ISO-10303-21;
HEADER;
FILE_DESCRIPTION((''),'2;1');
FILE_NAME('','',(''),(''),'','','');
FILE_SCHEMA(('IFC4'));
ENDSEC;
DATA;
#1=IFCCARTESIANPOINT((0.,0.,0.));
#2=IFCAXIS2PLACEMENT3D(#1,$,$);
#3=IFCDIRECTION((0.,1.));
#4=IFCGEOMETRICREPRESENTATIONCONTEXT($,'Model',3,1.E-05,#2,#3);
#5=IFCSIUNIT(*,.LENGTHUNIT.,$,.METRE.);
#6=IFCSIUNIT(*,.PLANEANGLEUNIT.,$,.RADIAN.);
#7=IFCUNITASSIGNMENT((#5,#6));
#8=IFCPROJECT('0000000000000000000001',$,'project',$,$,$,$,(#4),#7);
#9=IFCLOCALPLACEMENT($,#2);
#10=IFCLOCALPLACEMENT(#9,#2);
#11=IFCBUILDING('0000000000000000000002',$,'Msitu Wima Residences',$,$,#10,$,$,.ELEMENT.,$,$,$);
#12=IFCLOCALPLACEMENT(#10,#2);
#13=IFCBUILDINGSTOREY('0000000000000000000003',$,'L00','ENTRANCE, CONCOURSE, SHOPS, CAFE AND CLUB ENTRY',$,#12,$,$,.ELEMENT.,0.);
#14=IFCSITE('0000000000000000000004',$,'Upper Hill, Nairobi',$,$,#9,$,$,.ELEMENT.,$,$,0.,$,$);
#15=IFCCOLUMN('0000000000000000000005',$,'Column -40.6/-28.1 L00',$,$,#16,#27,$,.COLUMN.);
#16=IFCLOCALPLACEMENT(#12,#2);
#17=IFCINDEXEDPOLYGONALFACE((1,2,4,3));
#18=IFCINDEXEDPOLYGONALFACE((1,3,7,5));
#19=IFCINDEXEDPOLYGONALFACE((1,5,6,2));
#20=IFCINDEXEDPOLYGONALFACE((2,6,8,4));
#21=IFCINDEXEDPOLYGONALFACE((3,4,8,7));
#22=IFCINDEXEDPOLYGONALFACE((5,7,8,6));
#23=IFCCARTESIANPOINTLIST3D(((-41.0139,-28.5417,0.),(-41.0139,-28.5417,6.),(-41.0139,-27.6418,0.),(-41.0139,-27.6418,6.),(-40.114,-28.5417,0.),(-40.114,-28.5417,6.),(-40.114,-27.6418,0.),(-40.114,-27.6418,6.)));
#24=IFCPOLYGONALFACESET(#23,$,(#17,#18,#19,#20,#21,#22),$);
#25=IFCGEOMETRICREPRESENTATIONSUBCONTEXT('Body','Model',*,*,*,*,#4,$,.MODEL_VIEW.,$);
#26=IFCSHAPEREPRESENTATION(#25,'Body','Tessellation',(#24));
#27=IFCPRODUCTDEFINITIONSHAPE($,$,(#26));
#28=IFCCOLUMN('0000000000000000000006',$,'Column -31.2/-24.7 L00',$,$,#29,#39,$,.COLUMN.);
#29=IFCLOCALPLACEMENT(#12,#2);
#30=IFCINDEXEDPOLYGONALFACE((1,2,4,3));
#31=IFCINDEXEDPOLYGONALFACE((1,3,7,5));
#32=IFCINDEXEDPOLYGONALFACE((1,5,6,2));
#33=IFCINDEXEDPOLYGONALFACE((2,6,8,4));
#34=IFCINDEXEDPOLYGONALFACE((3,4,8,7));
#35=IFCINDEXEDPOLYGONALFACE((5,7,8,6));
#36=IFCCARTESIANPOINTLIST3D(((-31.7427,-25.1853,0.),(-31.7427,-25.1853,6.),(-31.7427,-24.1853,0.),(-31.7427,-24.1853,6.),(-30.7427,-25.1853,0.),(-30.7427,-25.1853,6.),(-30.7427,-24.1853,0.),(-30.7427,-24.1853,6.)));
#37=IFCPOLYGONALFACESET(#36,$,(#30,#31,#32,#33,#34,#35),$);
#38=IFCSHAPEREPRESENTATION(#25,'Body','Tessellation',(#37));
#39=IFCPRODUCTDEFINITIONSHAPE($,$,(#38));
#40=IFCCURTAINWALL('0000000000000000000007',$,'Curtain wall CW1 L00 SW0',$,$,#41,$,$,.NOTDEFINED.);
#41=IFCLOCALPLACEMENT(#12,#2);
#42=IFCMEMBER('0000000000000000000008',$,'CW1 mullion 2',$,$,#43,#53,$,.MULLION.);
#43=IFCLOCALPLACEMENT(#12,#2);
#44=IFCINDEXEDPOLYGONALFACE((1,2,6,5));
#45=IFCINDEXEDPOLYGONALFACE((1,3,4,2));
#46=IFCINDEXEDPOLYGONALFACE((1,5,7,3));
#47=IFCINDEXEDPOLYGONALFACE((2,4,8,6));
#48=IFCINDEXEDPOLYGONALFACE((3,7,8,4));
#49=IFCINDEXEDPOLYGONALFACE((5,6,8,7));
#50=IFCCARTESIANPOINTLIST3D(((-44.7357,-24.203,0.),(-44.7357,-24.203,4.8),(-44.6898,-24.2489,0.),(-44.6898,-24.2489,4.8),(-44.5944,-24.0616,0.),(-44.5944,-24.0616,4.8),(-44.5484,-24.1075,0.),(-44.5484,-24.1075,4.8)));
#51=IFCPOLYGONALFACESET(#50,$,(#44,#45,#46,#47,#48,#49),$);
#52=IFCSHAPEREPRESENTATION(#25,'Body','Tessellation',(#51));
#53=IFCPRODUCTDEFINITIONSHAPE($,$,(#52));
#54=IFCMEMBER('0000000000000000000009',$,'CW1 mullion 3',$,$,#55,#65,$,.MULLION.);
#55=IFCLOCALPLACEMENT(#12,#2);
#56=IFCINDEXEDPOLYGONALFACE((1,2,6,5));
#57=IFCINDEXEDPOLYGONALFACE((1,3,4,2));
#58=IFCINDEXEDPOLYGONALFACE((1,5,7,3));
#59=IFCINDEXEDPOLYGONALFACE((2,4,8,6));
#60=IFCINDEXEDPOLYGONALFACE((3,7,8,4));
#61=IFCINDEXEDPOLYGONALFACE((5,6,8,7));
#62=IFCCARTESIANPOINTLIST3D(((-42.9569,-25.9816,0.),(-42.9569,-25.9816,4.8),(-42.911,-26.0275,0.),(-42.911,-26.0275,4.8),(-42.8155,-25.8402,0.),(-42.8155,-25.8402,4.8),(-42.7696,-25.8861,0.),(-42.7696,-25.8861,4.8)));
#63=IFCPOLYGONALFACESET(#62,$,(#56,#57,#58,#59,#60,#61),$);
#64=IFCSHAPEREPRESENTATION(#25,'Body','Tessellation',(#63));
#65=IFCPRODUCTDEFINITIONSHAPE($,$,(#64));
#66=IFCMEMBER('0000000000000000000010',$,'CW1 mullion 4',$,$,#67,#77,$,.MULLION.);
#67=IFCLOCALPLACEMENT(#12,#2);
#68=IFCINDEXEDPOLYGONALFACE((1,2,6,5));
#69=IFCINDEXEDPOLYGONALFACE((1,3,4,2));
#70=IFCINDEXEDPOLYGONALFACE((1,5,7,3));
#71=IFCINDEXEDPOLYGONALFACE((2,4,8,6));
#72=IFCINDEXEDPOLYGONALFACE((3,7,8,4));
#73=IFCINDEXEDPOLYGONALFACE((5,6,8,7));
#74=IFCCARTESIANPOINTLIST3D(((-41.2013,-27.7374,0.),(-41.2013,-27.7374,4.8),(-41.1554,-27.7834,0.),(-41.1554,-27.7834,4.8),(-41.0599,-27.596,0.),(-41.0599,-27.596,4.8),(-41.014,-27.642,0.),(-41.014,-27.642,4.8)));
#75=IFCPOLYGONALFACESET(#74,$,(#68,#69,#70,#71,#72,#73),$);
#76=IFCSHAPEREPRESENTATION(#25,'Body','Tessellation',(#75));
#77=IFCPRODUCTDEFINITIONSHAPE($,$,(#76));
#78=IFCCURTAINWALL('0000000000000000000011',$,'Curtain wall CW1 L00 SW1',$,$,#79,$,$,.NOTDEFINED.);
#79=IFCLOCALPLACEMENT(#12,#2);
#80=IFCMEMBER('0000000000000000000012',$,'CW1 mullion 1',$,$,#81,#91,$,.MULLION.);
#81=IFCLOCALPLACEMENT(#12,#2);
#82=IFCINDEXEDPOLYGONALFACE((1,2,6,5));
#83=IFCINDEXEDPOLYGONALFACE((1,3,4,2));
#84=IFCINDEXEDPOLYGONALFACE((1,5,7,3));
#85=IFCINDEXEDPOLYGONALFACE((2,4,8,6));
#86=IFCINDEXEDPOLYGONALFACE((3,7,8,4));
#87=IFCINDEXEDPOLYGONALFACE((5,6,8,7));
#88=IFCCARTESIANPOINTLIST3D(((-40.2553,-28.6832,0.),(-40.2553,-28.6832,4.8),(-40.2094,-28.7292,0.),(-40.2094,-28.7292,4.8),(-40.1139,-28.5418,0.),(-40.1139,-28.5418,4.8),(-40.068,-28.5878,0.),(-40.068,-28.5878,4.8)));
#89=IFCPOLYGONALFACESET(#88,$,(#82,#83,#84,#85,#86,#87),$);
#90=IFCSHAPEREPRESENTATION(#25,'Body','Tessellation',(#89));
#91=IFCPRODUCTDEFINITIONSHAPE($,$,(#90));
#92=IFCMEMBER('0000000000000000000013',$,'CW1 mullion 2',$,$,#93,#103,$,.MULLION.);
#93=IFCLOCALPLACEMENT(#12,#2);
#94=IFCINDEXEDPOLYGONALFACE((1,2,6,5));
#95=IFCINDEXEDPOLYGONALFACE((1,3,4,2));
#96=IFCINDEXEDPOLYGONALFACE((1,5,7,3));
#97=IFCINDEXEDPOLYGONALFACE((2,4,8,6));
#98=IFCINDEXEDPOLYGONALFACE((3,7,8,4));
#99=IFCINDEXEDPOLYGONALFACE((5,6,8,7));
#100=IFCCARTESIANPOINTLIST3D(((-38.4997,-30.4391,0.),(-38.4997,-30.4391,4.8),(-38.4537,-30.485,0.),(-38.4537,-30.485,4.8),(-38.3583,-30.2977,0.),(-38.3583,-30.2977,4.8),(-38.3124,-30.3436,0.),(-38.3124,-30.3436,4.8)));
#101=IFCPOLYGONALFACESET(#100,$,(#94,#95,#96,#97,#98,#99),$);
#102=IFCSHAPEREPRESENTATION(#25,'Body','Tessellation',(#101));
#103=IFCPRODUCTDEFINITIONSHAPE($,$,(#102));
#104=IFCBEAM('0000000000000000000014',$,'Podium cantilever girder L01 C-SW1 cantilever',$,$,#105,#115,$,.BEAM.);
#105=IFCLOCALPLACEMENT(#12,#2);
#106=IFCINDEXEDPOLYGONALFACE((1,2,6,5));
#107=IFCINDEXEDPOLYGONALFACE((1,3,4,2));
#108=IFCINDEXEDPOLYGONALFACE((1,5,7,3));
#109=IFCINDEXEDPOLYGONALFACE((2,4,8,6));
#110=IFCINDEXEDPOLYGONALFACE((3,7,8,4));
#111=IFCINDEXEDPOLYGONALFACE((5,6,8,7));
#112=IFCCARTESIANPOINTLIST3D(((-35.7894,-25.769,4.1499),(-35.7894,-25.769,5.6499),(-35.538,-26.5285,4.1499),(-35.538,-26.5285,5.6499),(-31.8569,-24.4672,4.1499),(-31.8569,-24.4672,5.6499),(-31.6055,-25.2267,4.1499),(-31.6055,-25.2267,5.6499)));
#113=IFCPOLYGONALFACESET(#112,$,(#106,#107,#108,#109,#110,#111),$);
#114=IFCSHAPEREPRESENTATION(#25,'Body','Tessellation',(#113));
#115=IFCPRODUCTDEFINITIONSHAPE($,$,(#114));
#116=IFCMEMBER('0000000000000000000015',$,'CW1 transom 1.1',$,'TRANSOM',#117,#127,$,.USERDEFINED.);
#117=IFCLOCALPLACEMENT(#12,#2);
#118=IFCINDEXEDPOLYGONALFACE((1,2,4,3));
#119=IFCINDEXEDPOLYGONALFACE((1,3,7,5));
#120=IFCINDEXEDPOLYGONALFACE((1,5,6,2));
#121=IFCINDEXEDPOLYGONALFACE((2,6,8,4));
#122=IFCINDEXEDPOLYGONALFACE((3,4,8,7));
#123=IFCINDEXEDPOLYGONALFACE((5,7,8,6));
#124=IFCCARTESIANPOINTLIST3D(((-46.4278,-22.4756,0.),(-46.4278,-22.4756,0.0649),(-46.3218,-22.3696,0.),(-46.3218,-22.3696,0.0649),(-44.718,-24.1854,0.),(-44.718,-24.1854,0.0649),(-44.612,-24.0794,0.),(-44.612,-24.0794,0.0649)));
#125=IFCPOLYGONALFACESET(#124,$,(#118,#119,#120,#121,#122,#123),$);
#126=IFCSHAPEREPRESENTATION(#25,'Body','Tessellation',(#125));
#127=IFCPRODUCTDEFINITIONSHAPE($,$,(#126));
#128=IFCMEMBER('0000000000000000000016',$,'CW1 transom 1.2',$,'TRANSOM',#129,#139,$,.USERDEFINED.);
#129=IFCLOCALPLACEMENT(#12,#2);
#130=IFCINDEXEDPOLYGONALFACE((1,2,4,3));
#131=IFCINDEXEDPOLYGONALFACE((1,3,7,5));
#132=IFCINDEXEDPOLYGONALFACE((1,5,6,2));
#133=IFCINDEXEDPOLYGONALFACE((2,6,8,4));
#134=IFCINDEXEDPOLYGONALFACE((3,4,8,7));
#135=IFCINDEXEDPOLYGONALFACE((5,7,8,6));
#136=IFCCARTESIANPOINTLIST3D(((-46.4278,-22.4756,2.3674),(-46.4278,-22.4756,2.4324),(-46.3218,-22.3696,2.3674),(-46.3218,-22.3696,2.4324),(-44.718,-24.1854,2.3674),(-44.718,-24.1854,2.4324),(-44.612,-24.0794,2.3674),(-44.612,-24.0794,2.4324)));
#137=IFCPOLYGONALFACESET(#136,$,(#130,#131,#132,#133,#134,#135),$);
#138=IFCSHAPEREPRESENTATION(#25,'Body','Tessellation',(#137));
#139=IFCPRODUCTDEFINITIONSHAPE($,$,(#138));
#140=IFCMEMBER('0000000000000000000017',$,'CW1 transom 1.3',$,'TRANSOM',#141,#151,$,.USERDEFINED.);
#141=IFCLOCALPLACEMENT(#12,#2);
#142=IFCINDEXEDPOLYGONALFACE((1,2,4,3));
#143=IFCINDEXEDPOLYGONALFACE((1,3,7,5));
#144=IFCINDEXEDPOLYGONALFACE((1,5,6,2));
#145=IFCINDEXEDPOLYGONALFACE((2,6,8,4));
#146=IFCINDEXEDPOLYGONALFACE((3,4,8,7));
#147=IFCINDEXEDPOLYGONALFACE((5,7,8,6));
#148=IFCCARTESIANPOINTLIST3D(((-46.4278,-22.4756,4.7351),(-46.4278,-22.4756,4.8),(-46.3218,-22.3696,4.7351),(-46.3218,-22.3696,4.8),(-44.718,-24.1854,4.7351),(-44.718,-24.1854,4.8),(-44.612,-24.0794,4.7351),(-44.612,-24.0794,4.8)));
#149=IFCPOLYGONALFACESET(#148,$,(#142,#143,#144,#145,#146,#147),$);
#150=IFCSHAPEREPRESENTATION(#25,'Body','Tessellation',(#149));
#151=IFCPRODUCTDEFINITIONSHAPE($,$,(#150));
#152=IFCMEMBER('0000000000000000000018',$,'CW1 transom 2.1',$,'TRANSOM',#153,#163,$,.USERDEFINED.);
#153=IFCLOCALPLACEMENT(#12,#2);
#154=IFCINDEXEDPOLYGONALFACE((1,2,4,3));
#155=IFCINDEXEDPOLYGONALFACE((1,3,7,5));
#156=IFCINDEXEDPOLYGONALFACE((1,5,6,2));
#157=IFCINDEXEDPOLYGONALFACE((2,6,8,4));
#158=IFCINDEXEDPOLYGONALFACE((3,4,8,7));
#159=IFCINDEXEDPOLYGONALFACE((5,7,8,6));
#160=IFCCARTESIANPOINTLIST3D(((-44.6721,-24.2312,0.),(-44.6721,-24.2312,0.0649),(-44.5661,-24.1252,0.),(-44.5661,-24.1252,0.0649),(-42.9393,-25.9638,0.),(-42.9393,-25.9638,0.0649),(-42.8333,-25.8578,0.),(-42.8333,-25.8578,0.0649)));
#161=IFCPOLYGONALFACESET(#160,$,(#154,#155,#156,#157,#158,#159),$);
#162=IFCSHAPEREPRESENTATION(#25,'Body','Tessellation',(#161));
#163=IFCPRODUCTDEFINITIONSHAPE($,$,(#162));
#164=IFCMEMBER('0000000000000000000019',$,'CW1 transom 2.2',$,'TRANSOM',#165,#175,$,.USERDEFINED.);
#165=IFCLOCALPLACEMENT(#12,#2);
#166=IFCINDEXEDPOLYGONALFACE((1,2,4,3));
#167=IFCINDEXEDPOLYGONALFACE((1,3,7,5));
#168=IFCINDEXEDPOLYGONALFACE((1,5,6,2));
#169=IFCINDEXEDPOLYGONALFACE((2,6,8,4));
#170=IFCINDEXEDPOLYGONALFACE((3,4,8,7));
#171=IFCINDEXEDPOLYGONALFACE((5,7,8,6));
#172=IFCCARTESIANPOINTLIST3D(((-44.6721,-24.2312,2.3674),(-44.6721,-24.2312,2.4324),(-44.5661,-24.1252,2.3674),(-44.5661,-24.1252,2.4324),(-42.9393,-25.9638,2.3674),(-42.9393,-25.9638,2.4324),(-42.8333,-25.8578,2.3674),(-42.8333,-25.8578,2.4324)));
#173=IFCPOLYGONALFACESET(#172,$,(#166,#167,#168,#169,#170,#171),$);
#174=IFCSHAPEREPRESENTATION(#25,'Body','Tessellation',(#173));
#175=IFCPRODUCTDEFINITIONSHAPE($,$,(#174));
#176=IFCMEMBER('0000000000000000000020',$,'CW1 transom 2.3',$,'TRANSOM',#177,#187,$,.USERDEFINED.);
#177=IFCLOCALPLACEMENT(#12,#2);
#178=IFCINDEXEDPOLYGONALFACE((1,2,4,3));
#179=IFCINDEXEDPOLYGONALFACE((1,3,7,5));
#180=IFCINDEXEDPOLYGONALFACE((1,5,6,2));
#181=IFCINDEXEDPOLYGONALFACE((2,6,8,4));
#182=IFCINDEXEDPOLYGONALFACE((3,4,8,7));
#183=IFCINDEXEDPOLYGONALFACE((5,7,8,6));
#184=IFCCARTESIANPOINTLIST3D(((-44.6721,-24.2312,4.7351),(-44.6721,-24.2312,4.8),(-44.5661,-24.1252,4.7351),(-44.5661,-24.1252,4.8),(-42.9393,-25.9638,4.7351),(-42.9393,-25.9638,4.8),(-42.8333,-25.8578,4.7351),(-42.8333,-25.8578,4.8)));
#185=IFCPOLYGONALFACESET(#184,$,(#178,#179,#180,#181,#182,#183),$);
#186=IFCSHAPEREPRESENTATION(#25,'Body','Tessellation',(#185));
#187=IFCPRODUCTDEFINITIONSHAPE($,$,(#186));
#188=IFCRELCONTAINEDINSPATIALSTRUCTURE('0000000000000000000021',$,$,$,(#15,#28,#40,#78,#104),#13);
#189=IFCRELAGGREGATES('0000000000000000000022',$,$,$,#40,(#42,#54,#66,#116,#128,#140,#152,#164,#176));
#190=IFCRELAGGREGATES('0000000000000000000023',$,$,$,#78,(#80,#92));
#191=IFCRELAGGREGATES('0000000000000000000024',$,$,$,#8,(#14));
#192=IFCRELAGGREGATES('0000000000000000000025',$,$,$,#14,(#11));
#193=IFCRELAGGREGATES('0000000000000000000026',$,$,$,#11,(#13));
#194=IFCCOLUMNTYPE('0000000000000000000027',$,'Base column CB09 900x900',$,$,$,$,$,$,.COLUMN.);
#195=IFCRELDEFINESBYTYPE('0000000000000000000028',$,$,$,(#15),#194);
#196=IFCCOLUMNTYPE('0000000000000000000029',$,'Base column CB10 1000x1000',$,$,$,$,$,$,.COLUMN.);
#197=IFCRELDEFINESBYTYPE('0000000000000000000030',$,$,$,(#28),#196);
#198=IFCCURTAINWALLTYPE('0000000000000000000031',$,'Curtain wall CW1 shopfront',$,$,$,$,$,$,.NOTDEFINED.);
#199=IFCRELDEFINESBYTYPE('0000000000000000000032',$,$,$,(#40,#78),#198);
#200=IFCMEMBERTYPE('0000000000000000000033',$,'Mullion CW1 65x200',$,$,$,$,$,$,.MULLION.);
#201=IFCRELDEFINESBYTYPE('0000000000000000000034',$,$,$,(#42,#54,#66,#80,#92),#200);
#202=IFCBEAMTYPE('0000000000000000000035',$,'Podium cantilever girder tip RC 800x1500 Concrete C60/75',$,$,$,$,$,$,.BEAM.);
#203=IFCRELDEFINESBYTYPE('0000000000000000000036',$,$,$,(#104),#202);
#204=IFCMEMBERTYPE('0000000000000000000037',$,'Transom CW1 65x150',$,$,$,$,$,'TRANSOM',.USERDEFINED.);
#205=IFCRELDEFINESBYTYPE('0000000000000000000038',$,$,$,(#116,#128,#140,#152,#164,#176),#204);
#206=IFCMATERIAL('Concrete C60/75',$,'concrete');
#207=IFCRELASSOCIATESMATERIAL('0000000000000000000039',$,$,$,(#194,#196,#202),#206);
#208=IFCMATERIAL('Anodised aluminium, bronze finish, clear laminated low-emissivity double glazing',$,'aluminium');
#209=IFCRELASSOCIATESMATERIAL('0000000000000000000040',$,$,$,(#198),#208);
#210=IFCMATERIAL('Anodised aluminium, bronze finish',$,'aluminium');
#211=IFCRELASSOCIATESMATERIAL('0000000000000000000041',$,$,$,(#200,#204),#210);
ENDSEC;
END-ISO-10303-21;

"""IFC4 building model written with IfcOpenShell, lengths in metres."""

from ifc_helpers import new_model, si_unit, direction, frame, origin, origin_2d, place, context, subcontext, project, spatial, rectangle, extrude, material, material_profile, profile_set, type_object, element, aggregate, save


model = new_model("IFC4")

# Units and contexts
model_context = context("Model", 3, precision=1e-05, world=origin(), true_north=direction((0.0, 1.0)))
body_context = subcontext(model_context, "Body", "Model", "MODEL_VIEW")
ifc_project = project(units=[si_unit("LENGTHUNIT", "METRE"), si_unit("PLANEANGLEUNIT", "RADIAN")], contexts=[model_context])

# Site, building, storey
site_placement = place(None, origin())
site = spatial("IfcSite", under=ifc_project, at=site_placement, Name="Upper Hill, Nairobi", CompositionType="ELEMENT", RefElevation=0.0)
building_placement = place(site_placement, origin())
building = spatial("IfcBuilding", under=site, at=building_placement, Name="Msitu Wima Residences", CompositionType="ELEMENT")
storey_placement = place(building_placement, origin())
storey = spatial("IfcBuildingStorey", under=building, at=storey_placement, Name="L00", Description="ENTRANCE, CONCOURSE, SHOPS, CAFE AND CLUB ENTRY", CompositionType="ELEMENT", Elevation=0.0)

# Columns
ifc_material_1 = material(Name="Concrete C60/75", Category="concrete")
ifc_material_profile_1 = material_profile(ifc_material_1, rectangle(XDim=0.8999, YDim=0.8999, at=origin_2d()), Name="RC 900x900")
ifc_profile_set_1 = profile_set([ifc_material_profile_1], Name="Concrete C60/75")
column_type_1 = type_object("IfcColumnType", Name="Base column CB09 900x900", PredefinedType="COLUMN", material=ifc_profile_set_1)
column_1_placement = place(storey_placement, frame((-40.564, -28.0918, 0.0), z_axis=(0.0, 0.0, 1.0), x_axis=(1.0, 0.0, 0.0)))
element("IfcColumn", 1, at=column_1_placement, inside=storey, type_object=column_type_1, Name="Column -40.6/-28.1 L00", PredefinedType="COLUMN", context=body_context, shape_type="SweptSolid", body=[
    extrude(rectangle(XDim=0.8999, YDim=0.8999, at=origin_2d()), origin(), (0.0, 0.0, 1.0), 6.0),
])
ifc_material_profile_2 = material_profile(ifc_material_1, rectangle(XDim=1.0, YDim=1.0, at=origin_2d()), Name="RC 1000x1000")
ifc_profile_set_2 = profile_set([ifc_material_profile_2], Name="Concrete C60/75")
column_type_2 = type_object("IfcColumnType", Name="Base column CB10 1000x1000", PredefinedType="COLUMN", material=ifc_profile_set_2)
column_2_placement = place(storey_placement, frame((-31.2427, -24.6853, 0.0), z_axis=(0.0, 0.0, 1.0), x_axis=(1.0, 0.0, 0.0)))
element("IfcColumn", 2, at=column_2_placement, inside=storey, type_object=column_type_2, Name="Column -31.2/-24.7 L00", PredefinedType="COLUMN", context=body_context, shape_type="SweptSolid", body=[
    extrude(rectangle(XDim=1.0, YDim=1.0, at=origin_2d()), origin(), (0.0, 0.0, 1.0), 6.0),
])

# Curtain walls, members
ifc_material_2 = material(Name="Anodised aluminium, bronze finish, clear laminated low-emissivity double glazing", Category="aluminium")
curtain_wall_type = type_object("IfcCurtainWallType", Name="Curtain wall CW1 shopfront", PredefinedType="NOTDEFINED", material=ifc_material_2)
curtain_wall_1_placement = place(storey_placement, origin())
curtain_wall_1 = element("IfcCurtainWall", 3, at=curtain_wall_1_placement, inside=storey, type_object=curtain_wall_type, Name="Curtain wall CW1 L00 SW0", PredefinedType="NOTDEFINED")
ifc_material_3 = material(Name="Anodised aluminium, bronze finish", Category="aluminium")
ifc_material_profile_3 = material_profile(ifc_material_3, rectangle(XDim=0.2, YDim=0.0649, at=origin_2d()), Name="Mullion 65x200")
ifc_profile_set_3 = profile_set([ifc_material_profile_3], Name="Anodised aluminium, bronze finish")
member_type_1 = type_object("IfcMemberType", Name="Mullion CW1 65x200", PredefinedType="MULLION", material=ifc_profile_set_3)
member_1_placement = place(storey_placement, frame((-44.6421, -24.1553, 0.0), z_axis=(0.0, 0.0, 1.0), x_axis=(0.707107, 0.707107, 0.0)))
member_1 = element("IfcMember", 4, at=member_1_placement, type_object=member_type_1, Name="CW1 mullion 2", PredefinedType="MULLION", context=body_context, shape_type="SweptSolid", body=[
    extrude(rectangle(XDim=0.2, YDim=0.0649, at=origin_2d()), origin(), (0.0, 0.0, 1.0), 4.8),
])
member_2_placement = place(storey_placement, frame((-42.8633, -25.9338, 0.0), z_axis=(0.0, 0.0, 1.0), x_axis=(0.707107, 0.707107, 0.0)))
member_2 = element("IfcMember", 5, at=member_2_placement, type_object=member_type_1, Name="CW1 mullion 3", PredefinedType="MULLION", context=body_context, shape_type="SweptSolid", body=[
    extrude(rectangle(XDim=0.2, YDim=0.0649, at=origin_2d()), origin(), (0.0, 0.0, 1.0), 4.8),
])
member_3_placement = place(storey_placement, frame((-41.1077, -27.6897, 0.0), z_axis=(0.0, 0.0, 1.0), x_axis=(0.707107, 0.707107, 0.0)))
member_3 = element("IfcMember", 6, at=member_3_placement, type_object=member_type_1, Name="CW1 mullion 4", PredefinedType="MULLION", context=body_context, shape_type="SweptSolid", body=[
    extrude(rectangle(XDim=0.2, YDim=0.0649, at=origin_2d()), origin(), (0.0, 0.0, 1.0), 4.8),
])
curtain_wall_2_placement = place(storey_placement, origin())
curtain_wall_2 = element("IfcCurtainWall", 7, at=curtain_wall_2_placement, inside=storey, type_object=curtain_wall_type, Name="Curtain wall CW1 L00 SW1", PredefinedType="NOTDEFINED")
member_4_placement = place(storey_placement, frame((-40.1616, -28.6355, 0.0), z_axis=(0.0, 0.0, 1.0), x_axis=(0.707107, 0.707107, 0.0)))
member_4 = element("IfcMember", 8, at=member_4_placement, type_object=member_type_1, Name="CW1 mullion 1", PredefinedType="MULLION", context=body_context, shape_type="SweptSolid", body=[
    extrude(rectangle(XDim=0.2, YDim=0.0649, at=origin_2d()), origin(), (0.0, 0.0, 1.0), 4.8),
])
member_5_placement = place(storey_placement, frame((-38.406, -30.3914, 0.0), z_axis=(0.0, 0.0, 1.0), x_axis=(0.707107, 0.707107, 0.0)))
member_5 = element("IfcMember", 9, at=member_5_placement, type_object=member_type_1, Name="CW1 mullion 2", PredefinedType="MULLION", context=body_context, shape_type="SweptSolid", body=[
    extrude(rectangle(XDim=0.2, YDim=0.0649, at=origin_2d()), origin(), (0.0, 0.0, 1.0), 4.8),
])

# Beam
ifc_material_profile_4 = material_profile(ifc_material_1, rectangle(XDim=0.8, YDim=1.5, at=origin_2d()), Name="RC 800x1500")
ifc_profile_set_4 = profile_set([ifc_material_profile_4], Name="Concrete C60/75")
beam_type = type_object("IfcBeamType", Name="Podium cantilever girder tip RC 800x1500 Concrete C60/75", PredefinedType="BEAM", material=ifc_profile_set_4)
beam_placement = place(storey_placement, frame((-31.7312, -24.8469, 4.8999), z_axis=(-0.949335, -0.314264, 0.0), x_axis=(0.314264, -0.949335, 0.0)))
element("IfcBeam", 10, at=beam_placement, inside=storey, type_object=beam_type, Name="Podium cantilever girder L01 C-SW1 cantilever", PredefinedType="BEAM", context=body_context, shape_type="SweptSolid", body=[
    extrude(rectangle(XDim=0.8, YDim=1.5, at=origin_2d()), origin(), (0.0, 0.0, 1.0), 4.1423),
])

# Members
ifc_material_profile_5 = material_profile(ifc_material_3, rectangle(XDim=0.1499, YDim=0.0649, at=origin_2d()), Name="Transom 65x150")
ifc_profile_set_5 = profile_set([ifc_material_profile_5], Name="Anodised aluminium, bronze finish")
member_type_2 = type_object("IfcMemberType", Name="Transom CW1 65x150", ElementType="TRANSOM", PredefinedType="USERDEFINED", material=ifc_profile_set_5)
member_6_placement = place(storey_placement, frame((-46.3748, -22.4226, 0.0325), z_axis=(0.707107, -0.707107, 0.0), x_axis=(0.707107, 0.707107, 0.0)))
member_6 = element("IfcMember", 11, at=member_6_placement, type_object=member_type_2, Name="CW1 transom 1.1", ObjectType="TRANSOM", PredefinedType="USERDEFINED", context=body_context, shape_type="SweptSolid", body=[
    extrude(rectangle(XDim=0.1499, YDim=0.0649, at=origin_2d()), origin(), (0.0, 0.0, 1.0), 2.418),
])
member_7_placement = place(storey_placement, frame((-46.3748, -22.4226, 2.3999), z_axis=(0.707107, -0.707107, 0.0), x_axis=(0.707107, 0.707107, 0.0)))
member_7 = element("IfcMember", 12, at=member_7_placement, type_object=member_type_2, Name="CW1 transom 1.2", ObjectType="TRANSOM", PredefinedType="USERDEFINED", context=body_context, shape_type="SweptSolid", body=[
    extrude(rectangle(XDim=0.1499, YDim=0.0649, at=origin_2d()), origin(), (0.0, 0.0, 1.0), 2.418),
])
member_8_placement = place(storey_placement, frame((-46.3748, -22.4226, 4.7676), z_axis=(0.707107, -0.707107, 0.0), x_axis=(0.707107, 0.707107, 0.0)))
member_8 = element("IfcMember", 13, at=member_8_placement, type_object=member_type_2, Name="CW1 transom 1.3", ObjectType="TRANSOM", PredefinedType="USERDEFINED", context=body_context, shape_type="SweptSolid", body=[
    extrude(rectangle(XDim=0.1499, YDim=0.0649, at=origin_2d()), origin(), (0.0, 0.0, 1.0), 2.418),
])
member_9_placement = place(storey_placement, frame((-44.6191, -24.1782, 0.0325), z_axis=(0.707157, -0.707057, 0.0), x_axis=(0.707057, 0.707157, 0.0)))
member_9 = element("IfcMember", 14, at=member_9_placement, type_object=member_type_2, Name="CW1 transom 2.1", ObjectType="TRANSOM", PredefinedType="USERDEFINED", context=body_context, shape_type="SweptSolid", body=[
    extrude(rectangle(XDim=0.1499, YDim=0.0649, at=origin_2d()), origin(), (0.0, 0.0, 1.0), 2.4504),
])
member_10_placement = place(storey_placement, frame((-44.6191, -24.1782, 2.3999), z_axis=(0.707157, -0.707057, 0.0), x_axis=(0.707057, 0.707157, 0.0)))
member_10 = element("IfcMember", 15, at=member_10_placement, type_object=member_type_2, Name="CW1 transom 2.2", ObjectType="TRANSOM", PredefinedType="USERDEFINED", context=body_context, shape_type="SweptSolid", body=[
    extrude(rectangle(XDim=0.1499, YDim=0.0649, at=origin_2d()), origin(), (0.0, 0.0, 1.0), 2.4504),
])
member_11_placement = place(storey_placement, frame((-44.6191, -24.1782, 4.7676), z_axis=(0.707157, -0.707057, 0.0), x_axis=(0.707057, 0.707157, 0.0)))
member_11 = element("IfcMember", 16, at=member_11_placement, type_object=member_type_2, Name="CW1 transom 2.3", ObjectType="TRANSOM", PredefinedType="USERDEFINED", context=body_context, shape_type="SweptSolid", body=[
    extrude(rectangle(XDim=0.1499, YDim=0.0649, at=origin_2d()), origin(), (0.0, 0.0, 1.0), 2.4504),
])

aggregate(curtain_wall_1, [member_1, member_2, member_3, member_6, member_7, member_8, member_9, member_10, member_11])
aggregate(curtain_wall_2, [member_4, member_5])

save(model, "model.ifc")
